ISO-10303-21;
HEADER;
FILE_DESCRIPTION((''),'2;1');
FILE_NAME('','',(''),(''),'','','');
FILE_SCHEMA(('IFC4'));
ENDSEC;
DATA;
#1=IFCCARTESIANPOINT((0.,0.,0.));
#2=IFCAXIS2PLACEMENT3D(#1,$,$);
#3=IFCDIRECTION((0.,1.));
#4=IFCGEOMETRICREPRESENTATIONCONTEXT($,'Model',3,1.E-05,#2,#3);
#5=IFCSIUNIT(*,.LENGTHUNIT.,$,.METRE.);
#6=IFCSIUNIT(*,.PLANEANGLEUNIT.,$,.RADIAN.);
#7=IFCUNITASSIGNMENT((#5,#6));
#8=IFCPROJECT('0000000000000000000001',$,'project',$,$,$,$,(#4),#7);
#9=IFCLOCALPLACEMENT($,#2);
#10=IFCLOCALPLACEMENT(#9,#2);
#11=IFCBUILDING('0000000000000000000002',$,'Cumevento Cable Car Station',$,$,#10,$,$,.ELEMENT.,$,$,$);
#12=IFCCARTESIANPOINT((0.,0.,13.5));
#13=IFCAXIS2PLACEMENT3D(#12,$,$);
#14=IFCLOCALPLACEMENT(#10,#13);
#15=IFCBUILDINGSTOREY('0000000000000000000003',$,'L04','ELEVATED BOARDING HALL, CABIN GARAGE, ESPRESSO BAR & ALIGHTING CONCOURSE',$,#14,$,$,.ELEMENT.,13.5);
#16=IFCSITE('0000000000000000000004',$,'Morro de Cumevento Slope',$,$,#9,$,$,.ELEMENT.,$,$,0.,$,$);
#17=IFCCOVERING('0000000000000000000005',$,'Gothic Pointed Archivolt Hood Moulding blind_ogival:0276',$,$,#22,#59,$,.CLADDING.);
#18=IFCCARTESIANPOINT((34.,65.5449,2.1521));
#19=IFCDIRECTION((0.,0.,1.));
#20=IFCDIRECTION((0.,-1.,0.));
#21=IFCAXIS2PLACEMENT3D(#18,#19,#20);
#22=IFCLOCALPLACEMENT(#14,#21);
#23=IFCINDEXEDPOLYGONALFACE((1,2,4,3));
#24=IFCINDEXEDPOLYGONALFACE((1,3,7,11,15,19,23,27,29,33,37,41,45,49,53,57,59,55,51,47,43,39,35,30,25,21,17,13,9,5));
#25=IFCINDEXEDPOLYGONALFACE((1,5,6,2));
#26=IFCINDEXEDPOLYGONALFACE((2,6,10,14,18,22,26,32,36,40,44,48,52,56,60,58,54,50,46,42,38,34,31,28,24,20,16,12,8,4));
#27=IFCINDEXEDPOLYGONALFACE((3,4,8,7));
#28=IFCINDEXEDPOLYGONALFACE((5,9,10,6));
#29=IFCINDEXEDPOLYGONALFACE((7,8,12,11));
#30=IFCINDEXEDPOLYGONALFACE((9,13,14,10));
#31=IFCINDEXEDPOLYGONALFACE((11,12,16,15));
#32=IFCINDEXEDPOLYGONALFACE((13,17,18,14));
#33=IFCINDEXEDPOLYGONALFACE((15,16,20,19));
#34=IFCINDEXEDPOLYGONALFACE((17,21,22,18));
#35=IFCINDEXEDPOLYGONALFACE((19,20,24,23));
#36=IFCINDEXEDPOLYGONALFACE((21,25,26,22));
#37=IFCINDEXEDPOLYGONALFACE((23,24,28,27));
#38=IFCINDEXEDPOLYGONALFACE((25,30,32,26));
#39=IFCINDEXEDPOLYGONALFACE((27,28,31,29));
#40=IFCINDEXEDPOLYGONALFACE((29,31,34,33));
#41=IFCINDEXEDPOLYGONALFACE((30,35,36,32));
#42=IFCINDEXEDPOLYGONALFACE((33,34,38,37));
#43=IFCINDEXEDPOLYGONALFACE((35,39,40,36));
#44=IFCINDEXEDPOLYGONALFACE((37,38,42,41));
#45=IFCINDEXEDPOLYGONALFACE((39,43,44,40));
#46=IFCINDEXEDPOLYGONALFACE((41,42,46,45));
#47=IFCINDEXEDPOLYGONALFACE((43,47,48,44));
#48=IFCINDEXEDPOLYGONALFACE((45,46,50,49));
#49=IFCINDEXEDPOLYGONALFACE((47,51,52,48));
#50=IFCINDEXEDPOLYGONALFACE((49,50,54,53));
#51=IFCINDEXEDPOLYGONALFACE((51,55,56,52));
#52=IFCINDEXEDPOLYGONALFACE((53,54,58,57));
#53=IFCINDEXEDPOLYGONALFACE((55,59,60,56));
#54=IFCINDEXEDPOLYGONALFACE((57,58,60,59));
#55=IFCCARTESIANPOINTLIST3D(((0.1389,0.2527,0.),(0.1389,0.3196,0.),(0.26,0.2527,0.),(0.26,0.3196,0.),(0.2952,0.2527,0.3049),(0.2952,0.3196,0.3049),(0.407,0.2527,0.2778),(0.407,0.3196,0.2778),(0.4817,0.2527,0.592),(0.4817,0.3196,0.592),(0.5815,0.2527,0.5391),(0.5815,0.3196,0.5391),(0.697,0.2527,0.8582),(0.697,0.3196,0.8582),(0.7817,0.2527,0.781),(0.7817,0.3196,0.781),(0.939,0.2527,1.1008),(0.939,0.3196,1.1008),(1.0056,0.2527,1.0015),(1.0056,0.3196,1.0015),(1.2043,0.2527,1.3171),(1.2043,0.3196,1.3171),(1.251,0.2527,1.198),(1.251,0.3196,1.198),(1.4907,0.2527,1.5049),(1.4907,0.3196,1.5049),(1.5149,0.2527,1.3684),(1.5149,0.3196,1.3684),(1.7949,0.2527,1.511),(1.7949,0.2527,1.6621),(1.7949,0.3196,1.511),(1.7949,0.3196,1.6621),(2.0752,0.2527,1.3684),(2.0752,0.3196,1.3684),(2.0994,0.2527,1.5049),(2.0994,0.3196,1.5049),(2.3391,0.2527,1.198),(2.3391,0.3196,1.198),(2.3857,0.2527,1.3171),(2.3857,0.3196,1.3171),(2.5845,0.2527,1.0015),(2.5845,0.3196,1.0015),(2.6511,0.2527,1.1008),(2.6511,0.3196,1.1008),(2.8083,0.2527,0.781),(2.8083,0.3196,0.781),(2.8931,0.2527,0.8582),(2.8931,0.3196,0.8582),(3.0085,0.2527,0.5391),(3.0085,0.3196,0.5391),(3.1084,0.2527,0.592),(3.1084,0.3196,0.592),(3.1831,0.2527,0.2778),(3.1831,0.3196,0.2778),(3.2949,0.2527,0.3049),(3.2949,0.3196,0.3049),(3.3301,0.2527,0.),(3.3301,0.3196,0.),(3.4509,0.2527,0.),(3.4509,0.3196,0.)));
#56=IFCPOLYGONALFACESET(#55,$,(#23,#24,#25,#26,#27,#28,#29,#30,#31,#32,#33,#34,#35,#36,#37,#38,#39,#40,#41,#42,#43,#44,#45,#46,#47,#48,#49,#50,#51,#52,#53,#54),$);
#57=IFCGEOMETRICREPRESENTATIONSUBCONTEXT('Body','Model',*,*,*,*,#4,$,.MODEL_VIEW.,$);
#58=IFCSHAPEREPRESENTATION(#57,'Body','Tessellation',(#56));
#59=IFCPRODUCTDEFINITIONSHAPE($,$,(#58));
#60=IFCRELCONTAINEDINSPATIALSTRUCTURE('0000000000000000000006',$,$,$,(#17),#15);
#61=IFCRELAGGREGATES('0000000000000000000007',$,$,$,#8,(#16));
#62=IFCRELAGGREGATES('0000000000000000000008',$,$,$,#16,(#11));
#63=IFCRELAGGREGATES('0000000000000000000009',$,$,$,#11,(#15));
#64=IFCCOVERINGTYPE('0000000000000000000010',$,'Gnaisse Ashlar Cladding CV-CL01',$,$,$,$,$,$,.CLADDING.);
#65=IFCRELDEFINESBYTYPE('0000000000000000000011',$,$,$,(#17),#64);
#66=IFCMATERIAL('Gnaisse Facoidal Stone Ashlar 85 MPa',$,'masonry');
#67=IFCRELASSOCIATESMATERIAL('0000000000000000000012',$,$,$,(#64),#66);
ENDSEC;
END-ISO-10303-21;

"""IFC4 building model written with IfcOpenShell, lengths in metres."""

from ifc_helpers import new_model, si_unit, direction, frame, origin, place, context, subcontext, project, spatial, polyline, outline, extrude, material, type_object, element, save


model = new_model("IFC4")

# Units and contexts
model_context = context("Model", 3, precision=1e-05, world=origin(), true_north=direction((0.0, 1.0)))
body_context = subcontext(model_context, "Body", "Model", "MODEL_VIEW")
ifc_project = project(units=[si_unit("LENGTHUNIT", "METRE"), si_unit("PLANEANGLEUNIT", "RADIAN")], contexts=[model_context])

# Site, building, storey
site_placement = place(None, origin())
site = spatial("IfcSite", under=ifc_project, at=site_placement, Name="Morro de Cumevento Slope", CompositionType="ELEMENT", RefElevation=0.0)
building_placement = place(site_placement, origin())
building = spatial("IfcBuilding", under=site, at=building_placement, Name="Cumevento Cable Car Station", CompositionType="ELEMENT")
storey_placement = place(building_placement, frame((0.0, 0.0, 13.5)))
storey = spatial("IfcBuildingStorey", under=building, at=storey_placement, Name="L04", Description="ELEVATED BOARDING HALL, CABIN GARAGE, ESPRESSO BAR & ALIGHTING CONCOURSE", CompositionType="ELEMENT", Elevation=13.5)

# Covering
ifc_material_1 = material(Name="Gnaisse Facoidal Stone Ashlar 85 MPa", Category="masonry")
covering_type = type_object("IfcCoveringType", Name="Gnaisse Ashlar Cladding CV-CL01", PredefinedType="CLADDING", material=ifc_material_1)
covering_1_placement = place(storey_placement, frame((34.0, 65.5449, 2.1521), z_axis=(0.0, 0.0, 1.0), x_axis=(0.0, -1.0, 0.0)))
element("IfcCovering", 1, at=covering_1_placement, inside=storey, type_object=covering_type, Name="Gothic Pointed Archivolt Hood Moulding blind_ogival:0276", PredefinedType="CLADDING", context=body_context, shape_type="SweptSolid", body=[
    extrude(outline(polyline([(0.26, 0.0), (0.407, 0.2778), (0.5815, 0.5391), (0.7817, 0.781), (1.0056, 1.0015), (1.251, 1.198), (1.5149, 1.3684), (1.7949, 1.511), (2.0752, 1.3684), (2.3391, 1.198), (2.5845, 1.0015), (2.8083, 0.781), (3.0085, 0.5391), (3.1831, 0.2778), (3.3301, 0.0), (3.4509, 0.0), (3.2949, 0.3049), (3.1084, 0.592), (2.8931, 0.8582), (2.6511, 1.1008), (2.3857, 1.3171), (2.0994, 1.5049), (1.7949, 1.6621), (1.4907, 1.5049), (1.2043, 1.3171), (0.939, 1.1008), (0.697, 0.8582), (0.4817, 0.592), (0.2952, 0.3049), (0.1389, 0.0), (0.26, 0.0)])), frame((0.0, 0.3196, 0.0), z_axis=(0.0, -1.0, 0.0), x_axis=(1.0, 0.0, 0.0)), (0.0, 0.0, 1.0), 0.0669),
])

save(model, "model.ifc")
